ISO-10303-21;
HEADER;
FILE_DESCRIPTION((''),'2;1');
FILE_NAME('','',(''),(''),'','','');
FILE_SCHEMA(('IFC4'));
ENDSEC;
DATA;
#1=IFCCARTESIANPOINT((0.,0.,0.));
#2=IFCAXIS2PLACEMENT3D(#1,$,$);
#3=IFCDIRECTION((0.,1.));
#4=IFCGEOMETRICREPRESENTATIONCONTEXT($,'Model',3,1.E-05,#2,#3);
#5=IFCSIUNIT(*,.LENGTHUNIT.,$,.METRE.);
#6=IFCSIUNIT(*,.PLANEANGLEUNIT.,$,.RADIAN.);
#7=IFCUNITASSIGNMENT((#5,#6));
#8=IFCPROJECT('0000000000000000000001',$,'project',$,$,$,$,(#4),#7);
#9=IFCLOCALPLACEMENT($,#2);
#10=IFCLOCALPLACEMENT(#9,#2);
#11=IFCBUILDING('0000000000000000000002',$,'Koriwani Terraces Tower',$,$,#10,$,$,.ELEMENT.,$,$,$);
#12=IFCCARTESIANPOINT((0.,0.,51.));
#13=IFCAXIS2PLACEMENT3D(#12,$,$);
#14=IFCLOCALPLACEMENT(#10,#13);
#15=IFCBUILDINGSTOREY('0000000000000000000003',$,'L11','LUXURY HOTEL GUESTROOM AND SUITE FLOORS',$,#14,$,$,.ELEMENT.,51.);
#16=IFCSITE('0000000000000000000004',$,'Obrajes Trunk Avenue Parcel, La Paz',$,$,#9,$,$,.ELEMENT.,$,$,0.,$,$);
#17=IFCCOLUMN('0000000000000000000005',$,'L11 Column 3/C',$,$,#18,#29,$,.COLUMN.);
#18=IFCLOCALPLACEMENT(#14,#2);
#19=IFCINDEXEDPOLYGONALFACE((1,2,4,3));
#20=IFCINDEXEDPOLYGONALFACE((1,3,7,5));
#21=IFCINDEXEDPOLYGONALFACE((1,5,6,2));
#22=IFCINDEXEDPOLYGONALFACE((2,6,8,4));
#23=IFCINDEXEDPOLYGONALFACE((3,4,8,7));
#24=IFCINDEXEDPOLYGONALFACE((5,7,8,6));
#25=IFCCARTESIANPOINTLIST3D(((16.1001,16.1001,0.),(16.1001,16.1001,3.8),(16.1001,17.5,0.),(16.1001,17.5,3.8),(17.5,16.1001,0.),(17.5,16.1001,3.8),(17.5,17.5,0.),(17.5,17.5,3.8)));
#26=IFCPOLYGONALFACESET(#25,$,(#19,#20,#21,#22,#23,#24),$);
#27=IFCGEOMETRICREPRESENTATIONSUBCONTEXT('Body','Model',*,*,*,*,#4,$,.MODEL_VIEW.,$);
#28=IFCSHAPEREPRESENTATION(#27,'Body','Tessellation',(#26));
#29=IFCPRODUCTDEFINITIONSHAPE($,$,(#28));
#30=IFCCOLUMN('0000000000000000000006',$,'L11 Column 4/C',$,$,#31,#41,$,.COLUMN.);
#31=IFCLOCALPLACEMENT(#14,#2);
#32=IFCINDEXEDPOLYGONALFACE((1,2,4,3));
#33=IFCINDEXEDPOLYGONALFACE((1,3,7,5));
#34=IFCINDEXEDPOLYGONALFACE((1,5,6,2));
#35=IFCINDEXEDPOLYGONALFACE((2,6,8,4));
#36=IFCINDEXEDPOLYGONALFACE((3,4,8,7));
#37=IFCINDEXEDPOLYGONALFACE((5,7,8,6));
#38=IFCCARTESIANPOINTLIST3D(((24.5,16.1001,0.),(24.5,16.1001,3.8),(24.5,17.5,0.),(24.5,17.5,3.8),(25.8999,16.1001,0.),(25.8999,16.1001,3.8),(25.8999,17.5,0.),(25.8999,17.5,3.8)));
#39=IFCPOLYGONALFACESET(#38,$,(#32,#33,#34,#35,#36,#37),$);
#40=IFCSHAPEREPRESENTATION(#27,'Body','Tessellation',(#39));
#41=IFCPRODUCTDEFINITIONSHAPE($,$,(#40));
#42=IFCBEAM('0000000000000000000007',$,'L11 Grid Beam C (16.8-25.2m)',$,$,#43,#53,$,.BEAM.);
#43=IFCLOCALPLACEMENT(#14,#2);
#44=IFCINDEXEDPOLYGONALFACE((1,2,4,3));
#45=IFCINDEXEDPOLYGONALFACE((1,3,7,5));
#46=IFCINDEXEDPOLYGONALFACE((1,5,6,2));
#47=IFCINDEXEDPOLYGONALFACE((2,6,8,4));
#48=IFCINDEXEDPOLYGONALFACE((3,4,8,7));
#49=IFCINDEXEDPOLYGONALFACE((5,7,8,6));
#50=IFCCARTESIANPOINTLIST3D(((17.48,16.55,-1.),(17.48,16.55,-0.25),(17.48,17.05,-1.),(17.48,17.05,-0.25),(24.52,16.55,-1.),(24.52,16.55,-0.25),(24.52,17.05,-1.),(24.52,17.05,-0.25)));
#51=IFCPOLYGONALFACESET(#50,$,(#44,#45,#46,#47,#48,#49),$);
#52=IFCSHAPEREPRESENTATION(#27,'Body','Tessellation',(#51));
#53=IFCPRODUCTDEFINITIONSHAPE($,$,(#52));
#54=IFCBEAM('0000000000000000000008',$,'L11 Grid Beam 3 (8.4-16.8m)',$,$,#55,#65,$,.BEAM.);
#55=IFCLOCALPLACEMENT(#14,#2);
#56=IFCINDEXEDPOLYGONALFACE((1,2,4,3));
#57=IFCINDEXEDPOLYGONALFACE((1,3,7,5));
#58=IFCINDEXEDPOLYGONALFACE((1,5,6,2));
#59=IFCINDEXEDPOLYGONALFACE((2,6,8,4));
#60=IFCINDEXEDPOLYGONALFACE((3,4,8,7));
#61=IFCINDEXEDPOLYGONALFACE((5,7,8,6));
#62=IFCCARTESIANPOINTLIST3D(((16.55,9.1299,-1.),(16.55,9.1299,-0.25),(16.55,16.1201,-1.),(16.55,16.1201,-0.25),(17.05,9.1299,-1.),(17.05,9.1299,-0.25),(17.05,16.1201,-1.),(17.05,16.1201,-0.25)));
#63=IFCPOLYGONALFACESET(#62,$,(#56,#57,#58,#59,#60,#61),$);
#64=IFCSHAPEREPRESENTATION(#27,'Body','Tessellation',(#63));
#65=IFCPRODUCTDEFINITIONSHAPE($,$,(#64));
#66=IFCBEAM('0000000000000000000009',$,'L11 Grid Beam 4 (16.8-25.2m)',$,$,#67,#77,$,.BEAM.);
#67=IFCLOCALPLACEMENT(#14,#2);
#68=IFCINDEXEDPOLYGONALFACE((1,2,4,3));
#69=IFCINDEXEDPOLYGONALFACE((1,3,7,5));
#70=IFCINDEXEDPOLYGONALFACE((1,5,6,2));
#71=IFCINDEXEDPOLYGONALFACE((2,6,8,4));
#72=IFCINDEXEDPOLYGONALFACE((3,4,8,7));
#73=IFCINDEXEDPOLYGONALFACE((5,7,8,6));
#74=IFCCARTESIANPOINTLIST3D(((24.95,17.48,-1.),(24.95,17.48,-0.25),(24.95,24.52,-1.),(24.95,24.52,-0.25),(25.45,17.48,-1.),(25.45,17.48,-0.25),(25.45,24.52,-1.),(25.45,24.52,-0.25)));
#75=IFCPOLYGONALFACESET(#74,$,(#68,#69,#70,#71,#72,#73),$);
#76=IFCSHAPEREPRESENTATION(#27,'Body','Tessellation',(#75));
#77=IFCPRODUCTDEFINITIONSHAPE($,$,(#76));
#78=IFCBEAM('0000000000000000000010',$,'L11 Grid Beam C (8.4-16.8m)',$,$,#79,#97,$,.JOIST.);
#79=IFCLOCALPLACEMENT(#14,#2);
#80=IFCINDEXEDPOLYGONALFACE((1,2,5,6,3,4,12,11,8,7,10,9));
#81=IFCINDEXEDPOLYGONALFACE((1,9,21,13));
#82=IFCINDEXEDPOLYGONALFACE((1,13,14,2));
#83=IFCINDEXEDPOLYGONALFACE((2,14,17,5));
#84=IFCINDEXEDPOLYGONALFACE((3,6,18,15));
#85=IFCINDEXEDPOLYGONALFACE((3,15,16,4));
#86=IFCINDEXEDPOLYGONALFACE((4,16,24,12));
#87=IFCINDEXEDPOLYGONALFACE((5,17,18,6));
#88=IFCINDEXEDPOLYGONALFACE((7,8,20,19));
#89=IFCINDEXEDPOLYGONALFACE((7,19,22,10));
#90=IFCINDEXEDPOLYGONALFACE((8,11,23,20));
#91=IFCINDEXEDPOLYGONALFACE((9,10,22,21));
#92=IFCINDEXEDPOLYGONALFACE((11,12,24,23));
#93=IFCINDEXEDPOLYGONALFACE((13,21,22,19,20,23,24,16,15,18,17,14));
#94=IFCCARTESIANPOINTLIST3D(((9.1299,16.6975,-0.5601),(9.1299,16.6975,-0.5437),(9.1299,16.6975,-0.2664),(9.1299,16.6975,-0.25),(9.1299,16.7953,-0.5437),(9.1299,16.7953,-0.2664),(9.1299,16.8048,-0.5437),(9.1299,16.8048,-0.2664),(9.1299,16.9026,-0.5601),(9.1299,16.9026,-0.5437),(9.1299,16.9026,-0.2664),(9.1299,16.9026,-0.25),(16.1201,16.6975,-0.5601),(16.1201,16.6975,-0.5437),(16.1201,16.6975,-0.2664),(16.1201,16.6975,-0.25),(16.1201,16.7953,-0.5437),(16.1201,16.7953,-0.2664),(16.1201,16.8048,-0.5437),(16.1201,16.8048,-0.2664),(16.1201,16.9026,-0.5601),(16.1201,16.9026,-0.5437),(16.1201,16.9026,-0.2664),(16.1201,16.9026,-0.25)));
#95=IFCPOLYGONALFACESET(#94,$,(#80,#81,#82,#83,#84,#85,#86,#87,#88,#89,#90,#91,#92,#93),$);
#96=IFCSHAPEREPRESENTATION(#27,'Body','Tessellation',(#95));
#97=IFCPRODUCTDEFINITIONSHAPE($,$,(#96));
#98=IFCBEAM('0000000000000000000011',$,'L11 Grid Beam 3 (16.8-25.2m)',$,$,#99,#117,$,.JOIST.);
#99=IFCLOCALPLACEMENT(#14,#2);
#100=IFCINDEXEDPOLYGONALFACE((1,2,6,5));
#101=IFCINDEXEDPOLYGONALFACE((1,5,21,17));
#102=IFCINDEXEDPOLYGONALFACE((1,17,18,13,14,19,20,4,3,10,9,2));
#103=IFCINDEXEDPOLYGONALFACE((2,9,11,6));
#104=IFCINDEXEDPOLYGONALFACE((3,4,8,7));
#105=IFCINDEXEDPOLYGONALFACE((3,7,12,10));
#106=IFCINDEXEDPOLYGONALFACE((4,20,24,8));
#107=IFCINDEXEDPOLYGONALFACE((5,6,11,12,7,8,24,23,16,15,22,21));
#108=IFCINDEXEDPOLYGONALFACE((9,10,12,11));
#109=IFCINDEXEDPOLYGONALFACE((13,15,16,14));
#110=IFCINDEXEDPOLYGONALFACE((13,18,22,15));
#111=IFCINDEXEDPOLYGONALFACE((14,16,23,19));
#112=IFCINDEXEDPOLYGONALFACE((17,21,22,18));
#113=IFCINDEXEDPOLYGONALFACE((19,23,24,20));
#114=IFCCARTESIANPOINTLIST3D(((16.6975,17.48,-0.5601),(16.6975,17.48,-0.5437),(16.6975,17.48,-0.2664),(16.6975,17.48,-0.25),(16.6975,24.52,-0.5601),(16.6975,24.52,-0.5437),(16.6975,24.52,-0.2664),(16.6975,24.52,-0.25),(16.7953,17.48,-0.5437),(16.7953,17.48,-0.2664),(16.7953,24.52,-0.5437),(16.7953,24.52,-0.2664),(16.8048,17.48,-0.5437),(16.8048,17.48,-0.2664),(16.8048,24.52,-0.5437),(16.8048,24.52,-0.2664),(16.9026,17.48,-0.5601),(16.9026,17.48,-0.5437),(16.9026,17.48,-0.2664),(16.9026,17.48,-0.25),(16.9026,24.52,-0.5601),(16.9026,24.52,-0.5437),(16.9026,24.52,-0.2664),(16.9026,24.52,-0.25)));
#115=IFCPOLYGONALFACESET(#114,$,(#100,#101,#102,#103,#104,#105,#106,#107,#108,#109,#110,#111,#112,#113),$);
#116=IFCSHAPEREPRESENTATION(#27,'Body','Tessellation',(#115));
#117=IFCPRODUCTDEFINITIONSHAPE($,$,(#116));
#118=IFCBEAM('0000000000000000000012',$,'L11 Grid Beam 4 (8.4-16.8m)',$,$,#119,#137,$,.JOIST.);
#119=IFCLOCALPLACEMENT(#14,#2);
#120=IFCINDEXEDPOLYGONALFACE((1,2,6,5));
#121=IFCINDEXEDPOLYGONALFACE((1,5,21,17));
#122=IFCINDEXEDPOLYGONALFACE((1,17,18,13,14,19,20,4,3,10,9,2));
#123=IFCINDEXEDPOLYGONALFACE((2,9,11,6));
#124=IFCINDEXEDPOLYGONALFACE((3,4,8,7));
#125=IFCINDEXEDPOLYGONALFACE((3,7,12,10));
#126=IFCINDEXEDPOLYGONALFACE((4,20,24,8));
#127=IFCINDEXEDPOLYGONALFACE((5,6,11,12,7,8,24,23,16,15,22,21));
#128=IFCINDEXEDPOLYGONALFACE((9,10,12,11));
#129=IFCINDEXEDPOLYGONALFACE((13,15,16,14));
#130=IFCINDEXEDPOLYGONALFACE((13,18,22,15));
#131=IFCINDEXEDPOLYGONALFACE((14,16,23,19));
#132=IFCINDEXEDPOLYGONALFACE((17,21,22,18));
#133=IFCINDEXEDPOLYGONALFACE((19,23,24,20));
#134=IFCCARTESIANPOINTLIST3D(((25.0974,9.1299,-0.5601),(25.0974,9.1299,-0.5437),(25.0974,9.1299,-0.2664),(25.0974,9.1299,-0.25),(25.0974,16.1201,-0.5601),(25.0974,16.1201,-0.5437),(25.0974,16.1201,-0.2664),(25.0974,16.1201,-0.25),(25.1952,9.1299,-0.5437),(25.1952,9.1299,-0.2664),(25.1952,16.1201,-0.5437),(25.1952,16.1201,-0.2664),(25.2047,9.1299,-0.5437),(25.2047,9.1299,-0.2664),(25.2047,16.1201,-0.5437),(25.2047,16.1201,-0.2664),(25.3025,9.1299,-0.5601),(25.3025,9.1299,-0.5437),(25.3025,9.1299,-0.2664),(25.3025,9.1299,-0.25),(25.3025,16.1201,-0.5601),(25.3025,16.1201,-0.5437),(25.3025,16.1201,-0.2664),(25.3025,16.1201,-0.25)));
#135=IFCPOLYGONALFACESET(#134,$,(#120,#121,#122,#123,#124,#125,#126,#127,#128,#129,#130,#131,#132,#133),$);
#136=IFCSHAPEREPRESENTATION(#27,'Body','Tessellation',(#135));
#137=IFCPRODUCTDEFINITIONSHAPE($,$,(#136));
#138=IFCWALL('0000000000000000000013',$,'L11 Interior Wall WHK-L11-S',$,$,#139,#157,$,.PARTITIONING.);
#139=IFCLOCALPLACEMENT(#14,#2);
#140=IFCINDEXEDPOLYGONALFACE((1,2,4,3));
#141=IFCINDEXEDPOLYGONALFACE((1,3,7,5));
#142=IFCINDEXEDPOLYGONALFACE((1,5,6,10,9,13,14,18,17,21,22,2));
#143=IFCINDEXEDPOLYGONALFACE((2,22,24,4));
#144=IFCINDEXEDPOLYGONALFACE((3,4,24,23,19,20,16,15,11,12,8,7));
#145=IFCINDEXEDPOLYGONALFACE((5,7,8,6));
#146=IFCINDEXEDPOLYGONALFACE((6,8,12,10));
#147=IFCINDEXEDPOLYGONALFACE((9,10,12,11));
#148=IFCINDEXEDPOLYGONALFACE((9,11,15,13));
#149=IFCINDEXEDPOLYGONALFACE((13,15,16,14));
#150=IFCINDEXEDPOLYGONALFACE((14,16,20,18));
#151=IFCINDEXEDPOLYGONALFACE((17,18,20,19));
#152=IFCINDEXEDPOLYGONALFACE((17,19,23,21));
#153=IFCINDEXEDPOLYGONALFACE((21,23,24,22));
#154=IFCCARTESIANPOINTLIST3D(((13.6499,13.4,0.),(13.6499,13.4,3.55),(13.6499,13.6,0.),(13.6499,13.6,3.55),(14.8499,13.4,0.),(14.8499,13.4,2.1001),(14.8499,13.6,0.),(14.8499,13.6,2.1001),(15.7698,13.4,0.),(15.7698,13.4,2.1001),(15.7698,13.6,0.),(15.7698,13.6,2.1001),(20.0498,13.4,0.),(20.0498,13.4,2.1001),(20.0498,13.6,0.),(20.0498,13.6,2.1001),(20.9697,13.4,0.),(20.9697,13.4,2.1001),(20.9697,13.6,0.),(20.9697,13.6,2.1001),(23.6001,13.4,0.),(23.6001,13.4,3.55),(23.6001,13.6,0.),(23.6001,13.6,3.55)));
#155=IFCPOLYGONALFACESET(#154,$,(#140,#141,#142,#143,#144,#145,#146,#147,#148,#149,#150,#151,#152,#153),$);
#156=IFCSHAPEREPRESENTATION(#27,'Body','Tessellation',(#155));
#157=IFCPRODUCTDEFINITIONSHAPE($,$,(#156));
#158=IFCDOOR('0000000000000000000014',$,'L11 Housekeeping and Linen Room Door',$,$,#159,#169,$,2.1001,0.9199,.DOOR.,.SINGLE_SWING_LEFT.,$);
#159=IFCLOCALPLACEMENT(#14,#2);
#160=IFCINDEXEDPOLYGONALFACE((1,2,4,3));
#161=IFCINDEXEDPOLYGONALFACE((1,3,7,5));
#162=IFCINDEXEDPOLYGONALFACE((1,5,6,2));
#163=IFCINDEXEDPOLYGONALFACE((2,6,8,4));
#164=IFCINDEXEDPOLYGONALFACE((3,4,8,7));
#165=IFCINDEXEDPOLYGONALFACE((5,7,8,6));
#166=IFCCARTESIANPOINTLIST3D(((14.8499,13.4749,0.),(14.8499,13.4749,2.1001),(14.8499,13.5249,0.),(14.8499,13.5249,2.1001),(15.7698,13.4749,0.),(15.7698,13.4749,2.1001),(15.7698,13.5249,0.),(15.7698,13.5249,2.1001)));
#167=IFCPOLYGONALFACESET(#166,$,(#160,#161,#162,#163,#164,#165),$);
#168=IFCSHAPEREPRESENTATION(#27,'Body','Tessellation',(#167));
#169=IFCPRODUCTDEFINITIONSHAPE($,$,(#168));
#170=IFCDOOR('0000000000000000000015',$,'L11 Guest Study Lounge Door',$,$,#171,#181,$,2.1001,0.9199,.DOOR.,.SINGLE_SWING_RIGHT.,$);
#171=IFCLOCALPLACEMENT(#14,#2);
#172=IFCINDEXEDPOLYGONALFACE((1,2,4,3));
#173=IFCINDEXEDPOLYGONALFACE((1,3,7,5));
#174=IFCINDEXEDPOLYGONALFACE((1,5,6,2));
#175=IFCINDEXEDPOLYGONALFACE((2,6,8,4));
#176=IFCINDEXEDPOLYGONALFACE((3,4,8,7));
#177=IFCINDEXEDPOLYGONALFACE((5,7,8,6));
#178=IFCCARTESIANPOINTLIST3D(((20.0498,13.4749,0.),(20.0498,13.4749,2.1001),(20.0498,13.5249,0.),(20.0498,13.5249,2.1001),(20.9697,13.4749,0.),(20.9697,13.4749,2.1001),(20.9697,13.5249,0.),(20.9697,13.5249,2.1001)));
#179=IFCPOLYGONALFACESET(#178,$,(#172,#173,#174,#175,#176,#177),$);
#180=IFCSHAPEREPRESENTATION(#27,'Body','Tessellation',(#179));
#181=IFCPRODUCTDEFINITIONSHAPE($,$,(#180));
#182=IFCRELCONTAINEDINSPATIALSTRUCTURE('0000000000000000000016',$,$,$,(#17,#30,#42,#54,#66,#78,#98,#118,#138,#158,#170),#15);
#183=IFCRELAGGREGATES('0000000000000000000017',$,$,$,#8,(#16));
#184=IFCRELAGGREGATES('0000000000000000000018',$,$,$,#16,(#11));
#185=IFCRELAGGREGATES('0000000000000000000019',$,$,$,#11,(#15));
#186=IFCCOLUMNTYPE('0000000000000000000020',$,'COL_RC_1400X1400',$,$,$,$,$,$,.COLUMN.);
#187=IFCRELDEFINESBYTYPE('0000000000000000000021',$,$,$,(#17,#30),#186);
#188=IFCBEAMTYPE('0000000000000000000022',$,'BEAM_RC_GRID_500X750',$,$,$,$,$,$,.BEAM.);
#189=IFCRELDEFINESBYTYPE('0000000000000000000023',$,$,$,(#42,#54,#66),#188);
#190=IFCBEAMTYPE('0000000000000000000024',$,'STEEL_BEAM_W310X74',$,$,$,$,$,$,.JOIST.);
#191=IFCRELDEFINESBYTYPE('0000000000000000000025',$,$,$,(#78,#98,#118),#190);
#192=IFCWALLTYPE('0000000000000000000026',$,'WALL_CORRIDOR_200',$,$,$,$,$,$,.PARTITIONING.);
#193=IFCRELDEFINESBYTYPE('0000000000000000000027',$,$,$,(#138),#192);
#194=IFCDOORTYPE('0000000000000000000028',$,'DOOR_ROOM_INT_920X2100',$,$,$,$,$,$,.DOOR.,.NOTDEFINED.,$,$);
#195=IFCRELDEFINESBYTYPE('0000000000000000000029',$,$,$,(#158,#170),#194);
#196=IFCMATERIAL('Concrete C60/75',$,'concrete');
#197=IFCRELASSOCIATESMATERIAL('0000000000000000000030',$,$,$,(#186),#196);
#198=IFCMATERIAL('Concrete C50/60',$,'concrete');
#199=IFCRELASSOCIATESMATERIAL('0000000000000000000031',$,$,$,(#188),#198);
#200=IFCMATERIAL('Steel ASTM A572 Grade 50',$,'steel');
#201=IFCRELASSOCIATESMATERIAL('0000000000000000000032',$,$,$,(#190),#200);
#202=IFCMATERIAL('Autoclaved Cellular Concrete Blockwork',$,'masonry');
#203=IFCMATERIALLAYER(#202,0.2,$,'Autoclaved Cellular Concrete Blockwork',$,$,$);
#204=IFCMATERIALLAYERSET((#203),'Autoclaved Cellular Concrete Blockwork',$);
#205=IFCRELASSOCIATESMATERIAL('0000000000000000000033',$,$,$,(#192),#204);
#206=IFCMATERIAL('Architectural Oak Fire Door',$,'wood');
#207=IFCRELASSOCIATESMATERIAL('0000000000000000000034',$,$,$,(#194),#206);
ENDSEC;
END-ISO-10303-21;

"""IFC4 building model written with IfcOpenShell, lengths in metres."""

from ifc_helpers import new_model, si_unit, direction, frame, frame_2d, origin, origin_2d, place, context, subcontext, project, spatial, rectangle, i_section, extrude, material, layer, layer_set, material_profile, profile_set, type_object, element, fill, save


model = new_model("IFC4")

# Units and contexts
model_context = context("Model", 3, precision=1e-05, world=origin(), true_north=direction((0.0, 1.0)))
body_context = subcontext(model_context, "Body", "Model", "MODEL_VIEW")
ifc_project = project(units=[si_unit("LENGTHUNIT", "METRE"), si_unit("PLANEANGLEUNIT", "RADIAN")], contexts=[model_context])

# Site, building, storey
site_placement = place(None, origin())
site = spatial("IfcSite", under=ifc_project, at=site_placement, Name="Obrajes Trunk Avenue Parcel, La Paz", CompositionType="ELEMENT", RefElevation=0.0)
building_placement = place(site_placement, origin())
building = spatial("IfcBuilding", under=site, at=building_placement, Name="Koriwani Terraces Tower", CompositionType="ELEMENT")
storey_placement = place(building_placement, frame((0.0, 0.0, 51.0)))
storey = spatial("IfcBuildingStorey", under=building, at=storey_placement, Name="L11", Description="LUXURY HOTEL GUESTROOM AND SUITE FLOORS", CompositionType="ELEMENT", Elevation=51.0)

# Columns
ifc_material_1 = material(Name="Concrete C60/75", Category="concrete")
ifc_material_profile_1 = material_profile(ifc_material_1, rectangle(XDim=1.3999, YDim=1.3999, at=origin_2d()), Name="Concrete C60/75", Category="LoadBearing")
ifc_profile_set_1 = profile_set([ifc_material_profile_1], Name="Concrete C60/75")
column_type = type_object("IfcColumnType", Name="COL_RC_1400X1400", PredefinedType="COLUMN", material=ifc_profile_set_1)
for number, where, z_axis, x_axis, name in (
    (1, (16.8, 16.8, 0.0), (0.0, 0.0, 1.0), (1.0, 0.0, 0.0), "L11 Column 3/C"),
    (2, (25.2, 16.8, 0.0), (0.0, 0.0, 1.0), (1.0, 0.0, 0.0), "L11 Column 4/C"),
):
    element("IfcColumn", number, at=place(storey_placement, frame(where, z_axis=z_axis, x_axis=x_axis)), inside=storey, type_object=column_type, Name=name, PredefinedType="COLUMN", context=body_context, shape_type="SweptSolid", body=[
        extrude(rectangle(XDim=1.3999, YDim=1.3999, at=origin_2d()), origin(), (0.0, 0.0, 1.0), 3.8),
    ])

# Beams
ifc_material_2 = material(Name="Concrete C50/60", Category="concrete")
ifc_material_profile_2 = material_profile(ifc_material_2, rectangle(XDim=0.5, YDim=0.75, at=origin_2d()), Name="Concrete C50/60", Category="LoadBearing")
ifc_profile_set_2 = profile_set([ifc_material_profile_2], Name="Concrete C50/60")
beam_type_1 = type_object("IfcBeamType", Name="BEAM_RC_GRID_500X750", PredefinedType="BEAM", material=ifc_profile_set_2)
beam_1_placement = place(storey_placement, frame((17.48, 16.8, -0.625), z_axis=(1.0, 0.0, 0.0), x_axis=(0.0, 1.0, 0.0)))
element("IfcBeam", 3, at=beam_1_placement, inside=storey, type_object=beam_type_1, Name="L11 Grid Beam C (16.8-25.2m)", PredefinedType="BEAM", context=body_context, shape_type="SweptSolid", body=[
    extrude(rectangle(XDim=0.5, YDim=0.75, at=origin_2d()), origin(), (0.0, 0.0, 1.0), 7.04),
])
beam_2_placement = place(storey_placement, frame((16.8, 9.1299, -0.625), z_axis=(0.0, 1.0, 0.0), x_axis=(-1.0, 0.0, 0.0)))
element("IfcBeam", 4, at=beam_2_placement, inside=storey, type_object=beam_type_1, Name="L11 Grid Beam 3 (8.4-16.8m)", PredefinedType="BEAM", context=body_context, shape_type="SweptSolid", body=[
    extrude(rectangle(XDim=0.5, YDim=0.75, at=origin_2d()), origin(), (0.0, 0.0, 1.0), 6.9902),
])
beam_3_placement = place(storey_placement, frame((25.2, 17.48, -0.625), z_axis=(0.0, 1.0, 0.0), x_axis=(-1.0, 0.0, 0.0)))
element("IfcBeam", 5, at=beam_3_placement, inside=storey, type_object=beam_type_1, Name="L11 Grid Beam 4 (16.8-25.2m)", PredefinedType="BEAM", context=body_context, shape_type="SweptSolid", body=[
    extrude(rectangle(XDim=0.5, YDim=0.75, at=origin_2d()), origin(), (0.0, 0.0, 1.0), 7.04),
])
ifc_material_3 = material(Name="Steel ASTM A572 Grade 50", Category="steel")
ifc_material_profile_3 = material_profile(ifc_material_3, i_section(OverallWidth=0.2051, OverallDepth=0.3101, WebThickness=0.0095, FlangeThickness=0.0164, at=origin_2d()), Name="Steel ASTM A572 Grade 50", Category="LoadBearing")
ifc_profile_set_3 = profile_set([ifc_material_profile_3], Name="Steel ASTM A572 Grade 50")
beam_type_2 = type_object("IfcBeamType", Name="STEEL_BEAM_W310X74", PredefinedType="JOIST", material=ifc_profile_set_3)
beam_4_placement = place(storey_placement, frame((9.1299, 16.8, -0.405), z_axis=(1.0, 0.0, 0.0), x_axis=(0.0, 1.0, 0.0)))
element("IfcBeam", 6, at=beam_4_placement, inside=storey, type_object=beam_type_2, Name="L11 Grid Beam C (8.4-16.8m)", PredefinedType="JOIST", context=body_context, shape_type="SweptSolid", body=[
    extrude(i_section(OverallWidth=0.2051, OverallDepth=0.3101, WebThickness=0.0095, FlangeThickness=0.0164, at=origin_2d()), origin(), (0.0, 0.0, 1.0), 6.9902),
])
beam_5_placement = place(storey_placement, frame((16.8, 17.48, -0.405), z_axis=(0.0, 1.0, 0.0), x_axis=(-1.0, 0.0, 0.0)))
element("IfcBeam", 7, at=beam_5_placement, inside=storey, type_object=beam_type_2, Name="L11 Grid Beam 3 (16.8-25.2m)", PredefinedType="JOIST", context=body_context, shape_type="SweptSolid", body=[
    extrude(i_section(OverallWidth=0.2051, OverallDepth=0.3101, WebThickness=0.0095, FlangeThickness=0.0164, at=origin_2d()), origin(), (0.0, 0.0, 1.0), 7.04),
])
beam_6_placement = place(storey_placement, frame((25.2, 9.1299, -0.405), z_axis=(0.0, 1.0, 0.0), x_axis=(-1.0, 0.0, 0.0)))
element("IfcBeam", 8, at=beam_6_placement, inside=storey, type_object=beam_type_2, Name="L11 Grid Beam 4 (8.4-16.8m)", PredefinedType="JOIST", context=body_context, shape_type="SweptSolid", body=[
    extrude(i_section(OverallWidth=0.2051, OverallDepth=0.3101, WebThickness=0.0095, FlangeThickness=0.0164, at=origin_2d()), origin(), (0.0, 0.0, 1.0), 6.9902),
])

# Wall, openings, doors
ifc_material_4 = material(Name="Autoclaved Cellular Concrete Blockwork", Category="masonry")
ifc_layer_1 = layer(ifc_material_4, 0.2, Name="Autoclaved Cellular Concrete Blockwork")
ifc_layer_set_1 = layer_set([ifc_layer_1], Name="Autoclaved Cellular Concrete Blockwork")
wall_type_1 = type_object("IfcWallType", Name="WALL_CORRIDOR_200", PredefinedType="PARTITIONING", material=ifc_layer_set_1)
wall_1_placement = place(storey_placement, frame((13.6499, 13.5, 0.0), z_axis=(0.0, 0.0, 1.0), x_axis=(1.0, 0.0, 0.0)))
wall_1 = element("IfcWall", 9, at=wall_1_placement, inside=storey, type_object=wall_type_1, Name="L11 Interior Wall WHK-L11-S", PredefinedType="PARTITIONING", context=body_context, shape_type="SweptSolid", body=[
    extrude(rectangle(XDim=9.9502, YDim=0.2, at=frame_2d((4.9751, 0.0))), origin(), (0.0, 0.0, 1.0), 3.55),
])
opening_1_placement = place(wall_1_placement, frame((1.2, 0.0, 0.0)))
opening_1 = element("IfcOpeningElement", 10, at=opening_1_placement, cuts=wall_1, PredefinedType="OPENING", context=body_context, shape_type="SweptSolid", body=[
    extrude(rectangle(XDim=0.9199, YDim=2.1001, at=frame_2d((0.46, 1.05))), frame((0.0, 0.1099, 0.0), z_axis=(0.0, -1.0, 0.0), x_axis=(1.0, 0.0, 0.0)), (0.0, 0.0, 1.0), 0.22),
])
opening_2_placement = place(wall_1_placement, frame((6.3999, 0.0, 0.0)))
opening_2 = element("IfcOpeningElement", 11, at=opening_2_placement, cuts=wall_1, PredefinedType="OPENING", context=body_context, shape_type="SweptSolid", body=[
    extrude(rectangle(XDim=0.9199, YDim=2.1001, at=frame_2d((0.46, 1.05))), frame((0.0, 0.1099, 0.0), z_axis=(0.0, -1.0, 0.0), x_axis=(1.0, 0.0, 0.0)), (0.0, 0.0, 1.0), 0.22),
])
ifc_material_5 = material(Name="Architectural Oak Fire Door", Category="wood")
door_type_1 = type_object("IfcDoorType", Name="DOOR_ROOM_INT_920X2100", OperationType="NOTDEFINED", PredefinedType="DOOR", material=ifc_material_5)
door_1_placement = place(opening_1_placement, origin())
door_1 = element("IfcDoor", 12, at=door_1_placement, inside=storey, type_object=door_type_1, Name="L11 Housekeeping and Linen Room Door", OperationType="SINGLE_SWING_LEFT", OverallHeight=2.1001, OverallWidth=0.9199, PredefinedType="DOOR", context=body_context, shape_type="SweptSolid", body=[
    extrude(rectangle(XDim=0.9199, YDim=2.1001, at=frame_2d((0.46, 1.05))), frame((0.0, 0.0249, 0.0), z_axis=(0.0, -1.0, 0.0), x_axis=(1.0, 0.0, 0.0)), (0.0, 0.0, 1.0), 0.05),
])
fill(opening_1, door_1)
door_2_placement = place(opening_2_placement, origin())
door_2 = element("IfcDoor", 13, at=door_2_placement, inside=storey, type_object=door_type_1, Name="L11 Guest Study Lounge Door", OperationType="SINGLE_SWING_RIGHT", OverallHeight=2.1001, OverallWidth=0.9199, PredefinedType="DOOR", context=body_context, shape_type="SweptSolid", body=[
    extrude(rectangle(XDim=0.9199, YDim=2.1001, at=frame_2d((0.46, 1.05))), frame((0.0, 0.0249, 0.0), z_axis=(0.0, -1.0, 0.0), x_axis=(1.0, 0.0, 0.0)), (0.0, 0.0, 1.0), 0.05),
])
fill(opening_2, door_2)

save(model, "model.ifc")
